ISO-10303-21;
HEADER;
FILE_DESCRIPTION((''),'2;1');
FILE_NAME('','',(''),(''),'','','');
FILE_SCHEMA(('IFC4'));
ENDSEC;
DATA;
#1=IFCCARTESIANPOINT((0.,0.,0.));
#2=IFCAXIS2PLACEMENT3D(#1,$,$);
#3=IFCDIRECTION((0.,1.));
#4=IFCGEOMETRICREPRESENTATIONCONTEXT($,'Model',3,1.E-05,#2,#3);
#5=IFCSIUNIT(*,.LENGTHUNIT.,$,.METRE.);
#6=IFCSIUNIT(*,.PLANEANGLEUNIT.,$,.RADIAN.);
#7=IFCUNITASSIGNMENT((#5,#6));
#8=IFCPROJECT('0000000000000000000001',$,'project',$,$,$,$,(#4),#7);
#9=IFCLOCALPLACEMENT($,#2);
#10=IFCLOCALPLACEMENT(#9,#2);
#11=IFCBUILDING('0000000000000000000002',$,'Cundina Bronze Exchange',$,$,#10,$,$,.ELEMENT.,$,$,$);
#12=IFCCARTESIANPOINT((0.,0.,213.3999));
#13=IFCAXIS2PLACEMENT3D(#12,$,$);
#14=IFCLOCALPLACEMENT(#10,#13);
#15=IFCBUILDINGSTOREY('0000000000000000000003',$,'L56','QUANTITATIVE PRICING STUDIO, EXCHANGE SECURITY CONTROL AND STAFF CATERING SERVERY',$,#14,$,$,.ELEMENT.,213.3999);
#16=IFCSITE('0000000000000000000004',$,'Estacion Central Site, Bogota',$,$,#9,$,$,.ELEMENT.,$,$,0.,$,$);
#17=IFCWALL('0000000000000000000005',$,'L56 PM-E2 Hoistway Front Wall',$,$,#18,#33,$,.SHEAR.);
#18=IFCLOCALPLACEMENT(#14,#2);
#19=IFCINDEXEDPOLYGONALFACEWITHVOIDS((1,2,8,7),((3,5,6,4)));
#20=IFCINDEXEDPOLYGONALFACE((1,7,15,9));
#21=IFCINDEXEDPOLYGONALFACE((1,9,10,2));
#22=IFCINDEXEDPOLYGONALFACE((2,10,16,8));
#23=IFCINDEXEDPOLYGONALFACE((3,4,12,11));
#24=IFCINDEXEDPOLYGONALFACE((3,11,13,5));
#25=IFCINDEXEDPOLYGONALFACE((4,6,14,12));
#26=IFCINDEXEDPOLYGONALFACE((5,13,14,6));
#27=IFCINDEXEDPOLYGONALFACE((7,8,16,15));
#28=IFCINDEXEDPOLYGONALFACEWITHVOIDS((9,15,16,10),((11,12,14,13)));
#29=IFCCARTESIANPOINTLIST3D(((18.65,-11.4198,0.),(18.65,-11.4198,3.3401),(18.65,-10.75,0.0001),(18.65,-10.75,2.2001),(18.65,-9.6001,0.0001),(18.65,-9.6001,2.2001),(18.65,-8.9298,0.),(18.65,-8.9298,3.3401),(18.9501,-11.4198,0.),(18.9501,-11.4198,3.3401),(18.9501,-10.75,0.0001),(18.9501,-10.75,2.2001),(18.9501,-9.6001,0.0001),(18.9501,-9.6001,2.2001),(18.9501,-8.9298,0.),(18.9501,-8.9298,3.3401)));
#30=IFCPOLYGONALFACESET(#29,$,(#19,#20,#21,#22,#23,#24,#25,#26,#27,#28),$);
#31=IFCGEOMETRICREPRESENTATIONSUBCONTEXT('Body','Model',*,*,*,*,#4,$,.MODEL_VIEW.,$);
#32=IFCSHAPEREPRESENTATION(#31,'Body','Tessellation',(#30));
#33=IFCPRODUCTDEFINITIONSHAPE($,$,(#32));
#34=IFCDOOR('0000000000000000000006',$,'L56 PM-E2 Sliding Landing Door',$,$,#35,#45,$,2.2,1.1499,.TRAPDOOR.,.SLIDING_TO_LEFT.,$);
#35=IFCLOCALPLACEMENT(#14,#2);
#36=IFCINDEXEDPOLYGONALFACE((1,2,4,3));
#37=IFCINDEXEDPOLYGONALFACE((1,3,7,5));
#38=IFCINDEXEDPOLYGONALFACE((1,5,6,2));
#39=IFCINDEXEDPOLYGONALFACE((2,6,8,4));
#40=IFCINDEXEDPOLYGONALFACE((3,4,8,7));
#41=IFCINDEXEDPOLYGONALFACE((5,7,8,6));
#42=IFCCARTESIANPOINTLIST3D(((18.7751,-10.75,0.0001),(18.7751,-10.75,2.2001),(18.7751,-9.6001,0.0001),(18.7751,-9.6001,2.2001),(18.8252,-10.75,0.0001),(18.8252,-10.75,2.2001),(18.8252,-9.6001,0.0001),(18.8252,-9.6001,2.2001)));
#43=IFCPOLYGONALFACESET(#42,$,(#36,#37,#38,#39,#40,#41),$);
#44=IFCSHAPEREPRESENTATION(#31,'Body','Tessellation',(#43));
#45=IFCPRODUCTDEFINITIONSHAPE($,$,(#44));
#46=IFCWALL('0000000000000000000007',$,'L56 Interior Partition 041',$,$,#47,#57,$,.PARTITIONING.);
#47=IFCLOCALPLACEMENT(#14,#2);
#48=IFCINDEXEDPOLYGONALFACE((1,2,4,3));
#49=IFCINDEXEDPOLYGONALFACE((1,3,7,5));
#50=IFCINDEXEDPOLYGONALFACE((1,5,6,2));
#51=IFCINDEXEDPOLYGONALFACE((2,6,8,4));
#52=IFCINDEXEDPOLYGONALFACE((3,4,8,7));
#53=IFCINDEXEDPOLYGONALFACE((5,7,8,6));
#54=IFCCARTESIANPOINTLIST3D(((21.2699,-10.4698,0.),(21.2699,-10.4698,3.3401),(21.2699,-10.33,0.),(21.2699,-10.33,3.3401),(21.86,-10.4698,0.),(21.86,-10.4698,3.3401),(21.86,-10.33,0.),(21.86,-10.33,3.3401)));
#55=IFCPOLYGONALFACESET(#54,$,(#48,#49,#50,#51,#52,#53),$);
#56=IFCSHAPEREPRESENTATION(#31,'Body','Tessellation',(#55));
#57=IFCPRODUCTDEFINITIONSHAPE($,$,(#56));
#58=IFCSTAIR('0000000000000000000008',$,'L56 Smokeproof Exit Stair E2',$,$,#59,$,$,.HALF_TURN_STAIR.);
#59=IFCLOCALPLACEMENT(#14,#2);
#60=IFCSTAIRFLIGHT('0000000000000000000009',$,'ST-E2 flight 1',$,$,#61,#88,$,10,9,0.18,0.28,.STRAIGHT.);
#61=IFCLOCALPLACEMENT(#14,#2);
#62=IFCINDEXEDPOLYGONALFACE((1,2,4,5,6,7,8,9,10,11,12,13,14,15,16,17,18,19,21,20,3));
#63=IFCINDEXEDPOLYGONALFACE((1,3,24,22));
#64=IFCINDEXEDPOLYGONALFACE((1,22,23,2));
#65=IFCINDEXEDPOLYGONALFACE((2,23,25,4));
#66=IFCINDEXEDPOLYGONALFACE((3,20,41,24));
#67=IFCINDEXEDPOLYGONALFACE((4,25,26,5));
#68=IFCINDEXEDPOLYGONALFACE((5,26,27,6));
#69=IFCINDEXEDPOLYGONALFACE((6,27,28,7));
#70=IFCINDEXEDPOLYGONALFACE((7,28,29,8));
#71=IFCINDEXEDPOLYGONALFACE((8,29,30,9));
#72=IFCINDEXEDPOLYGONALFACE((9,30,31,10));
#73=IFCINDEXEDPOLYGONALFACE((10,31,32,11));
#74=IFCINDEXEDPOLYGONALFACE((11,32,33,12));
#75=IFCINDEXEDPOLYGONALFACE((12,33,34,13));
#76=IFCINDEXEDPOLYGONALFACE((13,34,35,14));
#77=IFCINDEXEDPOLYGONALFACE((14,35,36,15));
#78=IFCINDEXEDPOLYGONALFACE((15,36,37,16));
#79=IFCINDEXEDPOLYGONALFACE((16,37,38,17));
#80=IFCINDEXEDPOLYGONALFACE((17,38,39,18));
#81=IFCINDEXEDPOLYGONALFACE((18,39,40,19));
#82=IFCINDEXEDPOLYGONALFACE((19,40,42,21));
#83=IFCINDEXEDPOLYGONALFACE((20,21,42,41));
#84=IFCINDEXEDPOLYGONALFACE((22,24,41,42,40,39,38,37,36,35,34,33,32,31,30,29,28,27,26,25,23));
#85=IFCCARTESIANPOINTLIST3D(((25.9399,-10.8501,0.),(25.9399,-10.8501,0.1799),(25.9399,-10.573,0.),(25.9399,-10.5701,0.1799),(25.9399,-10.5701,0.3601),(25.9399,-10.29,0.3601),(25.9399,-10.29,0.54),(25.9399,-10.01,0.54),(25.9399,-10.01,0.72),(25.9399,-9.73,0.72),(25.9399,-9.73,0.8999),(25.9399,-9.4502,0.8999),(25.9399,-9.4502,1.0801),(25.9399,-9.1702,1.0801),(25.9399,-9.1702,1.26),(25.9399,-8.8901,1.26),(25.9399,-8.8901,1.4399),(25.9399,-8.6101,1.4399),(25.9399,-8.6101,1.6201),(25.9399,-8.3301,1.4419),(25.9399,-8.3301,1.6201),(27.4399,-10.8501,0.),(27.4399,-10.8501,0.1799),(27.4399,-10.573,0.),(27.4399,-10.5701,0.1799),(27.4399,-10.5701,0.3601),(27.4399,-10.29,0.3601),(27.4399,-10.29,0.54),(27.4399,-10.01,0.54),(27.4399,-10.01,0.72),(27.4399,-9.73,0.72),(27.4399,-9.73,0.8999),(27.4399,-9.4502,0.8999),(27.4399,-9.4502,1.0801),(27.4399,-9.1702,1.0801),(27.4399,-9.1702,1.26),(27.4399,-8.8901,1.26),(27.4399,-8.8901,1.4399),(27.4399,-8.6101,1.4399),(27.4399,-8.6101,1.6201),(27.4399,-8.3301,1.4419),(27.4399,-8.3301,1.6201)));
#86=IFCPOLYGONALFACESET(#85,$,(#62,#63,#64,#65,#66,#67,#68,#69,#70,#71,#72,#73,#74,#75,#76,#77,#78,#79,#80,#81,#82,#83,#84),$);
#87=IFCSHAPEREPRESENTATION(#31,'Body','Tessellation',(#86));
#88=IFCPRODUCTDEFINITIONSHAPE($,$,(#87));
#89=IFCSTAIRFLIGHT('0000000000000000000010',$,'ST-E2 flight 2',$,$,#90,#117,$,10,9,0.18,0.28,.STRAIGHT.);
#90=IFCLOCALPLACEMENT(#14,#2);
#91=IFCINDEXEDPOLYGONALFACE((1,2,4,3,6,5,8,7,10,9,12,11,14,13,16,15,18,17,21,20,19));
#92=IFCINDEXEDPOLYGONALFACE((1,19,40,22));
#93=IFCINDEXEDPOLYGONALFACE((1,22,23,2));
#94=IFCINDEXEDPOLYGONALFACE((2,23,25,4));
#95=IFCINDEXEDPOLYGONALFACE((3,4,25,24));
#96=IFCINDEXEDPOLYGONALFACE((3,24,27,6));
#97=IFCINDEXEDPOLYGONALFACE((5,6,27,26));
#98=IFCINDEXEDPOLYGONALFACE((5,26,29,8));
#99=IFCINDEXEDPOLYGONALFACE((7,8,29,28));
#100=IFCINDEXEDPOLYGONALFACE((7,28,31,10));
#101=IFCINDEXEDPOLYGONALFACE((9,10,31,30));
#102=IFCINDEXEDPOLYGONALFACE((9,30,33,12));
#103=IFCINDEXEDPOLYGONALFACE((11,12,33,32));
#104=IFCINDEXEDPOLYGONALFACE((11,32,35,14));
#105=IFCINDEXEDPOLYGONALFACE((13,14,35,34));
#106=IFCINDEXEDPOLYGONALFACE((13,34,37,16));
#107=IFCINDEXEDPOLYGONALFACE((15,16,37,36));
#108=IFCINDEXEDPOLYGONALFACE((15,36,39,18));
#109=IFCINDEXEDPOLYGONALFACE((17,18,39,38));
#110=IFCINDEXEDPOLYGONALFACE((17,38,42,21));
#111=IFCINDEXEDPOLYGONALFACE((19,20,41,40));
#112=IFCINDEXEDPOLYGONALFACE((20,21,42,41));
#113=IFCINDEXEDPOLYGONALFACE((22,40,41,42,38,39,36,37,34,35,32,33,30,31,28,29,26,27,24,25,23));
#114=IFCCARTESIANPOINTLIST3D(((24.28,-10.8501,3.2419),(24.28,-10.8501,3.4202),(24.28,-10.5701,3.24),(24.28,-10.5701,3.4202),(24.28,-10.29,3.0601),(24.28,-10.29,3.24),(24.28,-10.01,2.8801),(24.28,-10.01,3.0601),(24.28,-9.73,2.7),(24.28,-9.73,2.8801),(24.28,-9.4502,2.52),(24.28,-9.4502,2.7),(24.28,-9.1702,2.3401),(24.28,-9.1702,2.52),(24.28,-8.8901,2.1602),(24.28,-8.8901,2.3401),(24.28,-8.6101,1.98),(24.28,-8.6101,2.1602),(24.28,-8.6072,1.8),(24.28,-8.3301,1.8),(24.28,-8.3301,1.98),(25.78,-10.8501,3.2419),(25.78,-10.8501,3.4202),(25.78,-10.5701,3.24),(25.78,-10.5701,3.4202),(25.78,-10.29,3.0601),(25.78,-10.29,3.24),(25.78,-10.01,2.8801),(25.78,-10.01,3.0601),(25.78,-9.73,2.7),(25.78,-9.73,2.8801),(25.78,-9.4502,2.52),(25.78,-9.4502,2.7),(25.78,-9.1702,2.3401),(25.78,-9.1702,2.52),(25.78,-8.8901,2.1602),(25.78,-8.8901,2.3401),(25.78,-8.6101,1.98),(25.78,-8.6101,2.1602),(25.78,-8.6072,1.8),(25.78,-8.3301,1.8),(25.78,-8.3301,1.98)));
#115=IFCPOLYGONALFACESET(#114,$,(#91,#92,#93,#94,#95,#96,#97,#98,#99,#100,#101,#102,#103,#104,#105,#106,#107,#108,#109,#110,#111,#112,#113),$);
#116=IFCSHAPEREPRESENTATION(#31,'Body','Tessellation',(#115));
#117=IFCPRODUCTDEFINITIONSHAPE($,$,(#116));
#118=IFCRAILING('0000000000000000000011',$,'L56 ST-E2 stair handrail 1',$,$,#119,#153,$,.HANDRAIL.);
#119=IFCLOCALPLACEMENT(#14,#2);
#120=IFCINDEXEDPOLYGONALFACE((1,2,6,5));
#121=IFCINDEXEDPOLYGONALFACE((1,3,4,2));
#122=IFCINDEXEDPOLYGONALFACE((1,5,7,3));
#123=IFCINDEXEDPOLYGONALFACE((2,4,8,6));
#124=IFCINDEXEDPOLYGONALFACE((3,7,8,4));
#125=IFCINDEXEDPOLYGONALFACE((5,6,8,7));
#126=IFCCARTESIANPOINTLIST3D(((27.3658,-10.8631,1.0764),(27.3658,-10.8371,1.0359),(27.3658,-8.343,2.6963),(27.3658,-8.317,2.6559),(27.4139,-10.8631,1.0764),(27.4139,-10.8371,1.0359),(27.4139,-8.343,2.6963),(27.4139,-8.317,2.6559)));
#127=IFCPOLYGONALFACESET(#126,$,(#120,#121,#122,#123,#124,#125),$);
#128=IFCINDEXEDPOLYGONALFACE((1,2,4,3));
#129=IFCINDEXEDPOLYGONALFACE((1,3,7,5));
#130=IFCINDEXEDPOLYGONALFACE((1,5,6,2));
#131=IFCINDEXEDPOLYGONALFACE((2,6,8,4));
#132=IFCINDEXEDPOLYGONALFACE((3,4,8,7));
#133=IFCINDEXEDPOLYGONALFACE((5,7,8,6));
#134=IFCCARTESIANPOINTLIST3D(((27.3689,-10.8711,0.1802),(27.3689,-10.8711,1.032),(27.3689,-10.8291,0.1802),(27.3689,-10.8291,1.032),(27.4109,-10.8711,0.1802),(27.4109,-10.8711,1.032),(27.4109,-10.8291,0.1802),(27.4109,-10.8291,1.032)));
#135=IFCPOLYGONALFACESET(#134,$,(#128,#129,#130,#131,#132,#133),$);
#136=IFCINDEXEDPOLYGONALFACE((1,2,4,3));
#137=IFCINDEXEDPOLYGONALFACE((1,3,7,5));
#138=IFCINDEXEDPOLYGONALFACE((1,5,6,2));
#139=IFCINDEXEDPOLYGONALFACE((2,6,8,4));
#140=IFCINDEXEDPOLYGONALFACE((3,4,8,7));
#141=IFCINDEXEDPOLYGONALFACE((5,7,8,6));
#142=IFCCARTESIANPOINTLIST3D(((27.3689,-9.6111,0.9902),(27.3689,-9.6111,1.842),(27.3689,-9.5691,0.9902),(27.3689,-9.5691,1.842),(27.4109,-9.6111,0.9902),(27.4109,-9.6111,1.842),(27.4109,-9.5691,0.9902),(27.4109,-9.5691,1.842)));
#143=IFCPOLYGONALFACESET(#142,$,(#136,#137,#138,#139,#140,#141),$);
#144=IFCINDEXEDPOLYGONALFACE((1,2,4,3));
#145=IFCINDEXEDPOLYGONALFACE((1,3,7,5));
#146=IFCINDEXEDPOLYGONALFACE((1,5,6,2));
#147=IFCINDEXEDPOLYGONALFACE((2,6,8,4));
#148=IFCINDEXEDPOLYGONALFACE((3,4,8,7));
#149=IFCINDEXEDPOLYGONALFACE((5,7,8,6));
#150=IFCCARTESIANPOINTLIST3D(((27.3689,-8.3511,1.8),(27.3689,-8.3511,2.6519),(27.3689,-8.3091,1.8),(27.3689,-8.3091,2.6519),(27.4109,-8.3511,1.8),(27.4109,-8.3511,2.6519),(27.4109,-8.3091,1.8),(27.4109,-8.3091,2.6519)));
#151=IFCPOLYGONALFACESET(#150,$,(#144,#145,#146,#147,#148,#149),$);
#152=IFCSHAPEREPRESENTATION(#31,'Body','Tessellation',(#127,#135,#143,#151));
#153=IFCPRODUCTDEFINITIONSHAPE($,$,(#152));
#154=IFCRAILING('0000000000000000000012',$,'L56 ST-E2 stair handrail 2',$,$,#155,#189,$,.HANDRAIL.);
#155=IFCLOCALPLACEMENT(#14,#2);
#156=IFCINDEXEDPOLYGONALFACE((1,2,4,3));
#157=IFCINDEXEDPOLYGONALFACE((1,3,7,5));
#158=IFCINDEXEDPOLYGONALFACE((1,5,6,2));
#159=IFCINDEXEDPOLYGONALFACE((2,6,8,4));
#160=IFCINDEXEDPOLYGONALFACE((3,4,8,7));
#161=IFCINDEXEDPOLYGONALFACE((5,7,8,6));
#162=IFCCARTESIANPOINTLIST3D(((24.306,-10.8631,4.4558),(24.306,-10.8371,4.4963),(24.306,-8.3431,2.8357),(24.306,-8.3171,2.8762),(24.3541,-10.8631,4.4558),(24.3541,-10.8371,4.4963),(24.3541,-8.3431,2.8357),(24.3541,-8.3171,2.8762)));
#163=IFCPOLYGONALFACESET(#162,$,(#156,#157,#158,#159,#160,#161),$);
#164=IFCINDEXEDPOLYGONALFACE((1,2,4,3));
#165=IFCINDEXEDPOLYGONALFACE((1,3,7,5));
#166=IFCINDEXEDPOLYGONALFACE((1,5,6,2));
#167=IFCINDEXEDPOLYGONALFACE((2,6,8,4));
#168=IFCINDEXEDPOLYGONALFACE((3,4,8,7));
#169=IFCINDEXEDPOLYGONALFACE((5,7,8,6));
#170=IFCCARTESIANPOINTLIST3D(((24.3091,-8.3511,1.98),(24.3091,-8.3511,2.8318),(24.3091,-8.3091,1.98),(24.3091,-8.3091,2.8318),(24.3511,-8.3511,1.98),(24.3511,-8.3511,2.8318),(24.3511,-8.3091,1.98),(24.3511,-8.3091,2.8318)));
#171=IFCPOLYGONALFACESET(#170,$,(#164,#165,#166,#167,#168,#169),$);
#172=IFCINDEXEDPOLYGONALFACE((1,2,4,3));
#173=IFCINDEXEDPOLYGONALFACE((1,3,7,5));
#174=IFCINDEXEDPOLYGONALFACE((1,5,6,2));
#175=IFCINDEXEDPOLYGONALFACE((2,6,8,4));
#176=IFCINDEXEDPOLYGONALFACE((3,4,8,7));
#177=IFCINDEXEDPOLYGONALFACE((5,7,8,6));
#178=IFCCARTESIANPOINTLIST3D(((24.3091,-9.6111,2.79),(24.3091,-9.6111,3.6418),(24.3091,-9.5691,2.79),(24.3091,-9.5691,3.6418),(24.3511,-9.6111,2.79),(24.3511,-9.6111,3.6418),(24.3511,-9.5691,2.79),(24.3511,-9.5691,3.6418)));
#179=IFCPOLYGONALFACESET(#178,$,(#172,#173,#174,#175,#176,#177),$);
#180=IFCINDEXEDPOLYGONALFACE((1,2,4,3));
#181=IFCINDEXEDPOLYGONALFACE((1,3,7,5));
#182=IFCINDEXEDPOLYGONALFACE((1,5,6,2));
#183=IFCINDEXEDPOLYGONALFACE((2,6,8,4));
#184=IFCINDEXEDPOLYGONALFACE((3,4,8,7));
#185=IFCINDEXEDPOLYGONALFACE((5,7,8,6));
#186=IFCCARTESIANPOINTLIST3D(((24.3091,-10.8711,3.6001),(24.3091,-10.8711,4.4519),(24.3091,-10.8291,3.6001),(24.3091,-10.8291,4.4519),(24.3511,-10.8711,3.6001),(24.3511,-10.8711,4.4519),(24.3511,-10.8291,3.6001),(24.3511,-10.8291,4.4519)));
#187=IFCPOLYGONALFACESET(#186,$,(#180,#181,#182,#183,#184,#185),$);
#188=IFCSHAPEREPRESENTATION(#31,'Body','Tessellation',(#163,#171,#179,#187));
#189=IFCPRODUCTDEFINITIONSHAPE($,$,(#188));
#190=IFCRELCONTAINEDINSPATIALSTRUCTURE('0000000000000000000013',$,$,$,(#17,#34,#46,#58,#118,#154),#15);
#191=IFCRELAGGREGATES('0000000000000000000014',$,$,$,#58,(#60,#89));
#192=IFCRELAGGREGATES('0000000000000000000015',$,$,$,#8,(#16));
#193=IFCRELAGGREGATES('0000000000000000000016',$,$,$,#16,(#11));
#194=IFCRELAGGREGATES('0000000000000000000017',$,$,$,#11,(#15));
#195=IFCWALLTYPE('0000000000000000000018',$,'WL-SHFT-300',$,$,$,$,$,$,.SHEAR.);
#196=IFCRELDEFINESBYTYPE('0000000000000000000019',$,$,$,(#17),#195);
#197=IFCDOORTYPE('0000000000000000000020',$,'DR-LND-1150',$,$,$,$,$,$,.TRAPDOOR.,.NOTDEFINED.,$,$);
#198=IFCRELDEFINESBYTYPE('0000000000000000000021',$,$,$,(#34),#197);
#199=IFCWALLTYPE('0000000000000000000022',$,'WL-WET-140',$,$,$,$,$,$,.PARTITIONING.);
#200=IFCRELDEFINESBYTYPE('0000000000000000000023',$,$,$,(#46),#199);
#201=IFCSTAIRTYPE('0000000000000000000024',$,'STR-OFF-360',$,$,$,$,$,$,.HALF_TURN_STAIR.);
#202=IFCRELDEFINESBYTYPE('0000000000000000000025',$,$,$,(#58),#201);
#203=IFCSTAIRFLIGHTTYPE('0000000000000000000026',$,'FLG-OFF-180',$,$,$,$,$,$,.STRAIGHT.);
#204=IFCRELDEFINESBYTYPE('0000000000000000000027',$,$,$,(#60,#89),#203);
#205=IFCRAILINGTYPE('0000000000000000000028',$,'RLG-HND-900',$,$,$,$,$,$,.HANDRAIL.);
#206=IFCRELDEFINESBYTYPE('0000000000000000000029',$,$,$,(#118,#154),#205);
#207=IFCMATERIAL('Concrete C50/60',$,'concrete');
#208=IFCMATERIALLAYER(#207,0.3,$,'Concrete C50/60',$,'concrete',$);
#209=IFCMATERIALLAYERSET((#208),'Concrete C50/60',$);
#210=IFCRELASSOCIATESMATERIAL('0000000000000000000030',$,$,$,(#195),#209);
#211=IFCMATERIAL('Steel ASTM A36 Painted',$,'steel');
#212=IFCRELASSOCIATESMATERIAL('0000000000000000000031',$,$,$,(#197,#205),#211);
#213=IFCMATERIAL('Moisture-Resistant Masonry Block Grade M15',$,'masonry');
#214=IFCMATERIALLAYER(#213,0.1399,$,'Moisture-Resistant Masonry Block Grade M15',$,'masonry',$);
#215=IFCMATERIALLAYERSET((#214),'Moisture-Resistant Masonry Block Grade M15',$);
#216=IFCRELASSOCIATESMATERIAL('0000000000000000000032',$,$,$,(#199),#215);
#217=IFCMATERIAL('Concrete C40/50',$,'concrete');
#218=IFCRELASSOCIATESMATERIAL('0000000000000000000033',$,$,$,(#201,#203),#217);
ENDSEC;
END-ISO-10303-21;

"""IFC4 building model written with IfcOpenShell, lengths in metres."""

from ifc_helpers import new_model, si_unit, direction, frame, frame_2d, origin, origin_2d, place, context, subcontext, project, spatial, polyline, rectangle, outline, extrude, material, layer, layer_set, type_object, element, fill, aggregate, save


model = new_model("IFC4")

# Units and contexts
model_context = context("Model", 3, precision=1e-05, world=origin(), true_north=direction((0.0, 1.0)))
body_context = subcontext(model_context, "Body", "Model", "MODEL_VIEW")
ifc_project = project(units=[si_unit("LENGTHUNIT", "METRE"), si_unit("PLANEANGLEUNIT", "RADIAN")], contexts=[model_context])

# Site, building, storey
site_placement = place(None, origin())
site = spatial("IfcSite", under=ifc_project, at=site_placement, Name="Estacion Central Site, Bogota", CompositionType="ELEMENT", RefElevation=0.0)
building_placement = place(site_placement, origin())
building = spatial("IfcBuilding", under=site, at=building_placement, Name="Cundina Bronze Exchange", CompositionType="ELEMENT")
storey_placement = place(building_placement, frame((0.0, 0.0, 213.3999)))
storey = spatial("IfcBuildingStorey", under=building, at=storey_placement, Name="L56", Description="QUANTITATIVE PRICING STUDIO, EXCHANGE SECURITY CONTROL AND STAFF CATERING SERVERY", CompositionType="ELEMENT", Elevation=213.3999)

# Shared definitions
ifc_material_1 = material(Name="Concrete C50/60", Category="concrete")

# Shared definitions
ifc_layer_1 = layer(ifc_material_1, 0.3, Name="Concrete C50/60", Category="concrete")
ifc_layer_set_1 = layer_set([ifc_layer_1], Name="Concrete C50/60")
wall_type_1 = type_object("IfcWallType", Name="WL-SHFT-300", PredefinedType="SHEAR", material=ifc_layer_set_1)

# Shared definitions
ifc_material_2 = material(Name="Steel ASTM A36 Painted", Category="steel")
door_type_1 = type_object("IfcDoorType", Name="DR-LND-1150", OperationType="NOTDEFINED", PredefinedType="TRAPDOOR", material=ifc_material_2)

# Wall, opening, door
wall_1_placement = place(storey_placement, frame((18.8, -11.4199, 0.0), z_axis=(0.0, 0.0, 1.0), x_axis=(0.0, 1.0, 0.0)))
wall_1 = element("IfcWall", 1, at=wall_1_placement, inside=storey, type_object=wall_type_1, Name="L56 PM-E2 Hoistway Front Wall", PredefinedType="SHEAR", context=body_context, shape_type="SweptSolid", body=[
    extrude(rectangle(XDim=2.49, YDim=0.3, at=frame_2d((1.2451, 0.0))), origin(), (0.0, 0.0, 1.0), 3.3401),
])
opening_1_placement = place(wall_1_placement, frame((0.6699, 0.0, 0.0)))
opening_1 = element("IfcOpeningElement", 2, at=opening_1_placement, cuts=wall_1, PredefinedType="OPENING", context=body_context, shape_type="SweptSolid", body=[
    extrude(rectangle(XDim=1.1499, YDim=2.2, at=frame_2d((0.575, 1.1001))), frame((0.0, 0.1599, 0.0), z_axis=(0.0, -1.0, 0.0), x_axis=(1.0, 0.0, 0.0)), (0.0, 0.0, 1.0), 0.3201),
])
door_1_placement = place(opening_1_placement, origin())
door_1 = element("IfcDoor", 3, at=door_1_placement, inside=storey, type_object=door_type_1, Name="L56 PM-E2 Sliding Landing Door", OperationType="SLIDING_TO_LEFT", OverallHeight=2.2, OverallWidth=1.1499, PredefinedType="TRAPDOOR", context=body_context, shape_type="SweptSolid", body=[
    extrude(rectangle(XDim=1.1499, YDim=2.2, at=frame_2d((0.575, 1.1001))), frame((0.0, 0.0249, 0.0), z_axis=(0.0, -1.0, 0.0), x_axis=(1.0, 0.0, 0.0)), (0.0, 0.0, 1.0), 0.05),
])
fill(opening_1, door_1)

# Wall
ifc_material_3 = material(Name="Moisture-Resistant Masonry Block Grade M15", Category="masonry")
ifc_layer_2 = layer(ifc_material_3, 0.1399, Name="Moisture-Resistant Masonry Block Grade M15", Category="masonry")
ifc_layer_set_2 = layer_set([ifc_layer_2], Name="Moisture-Resistant Masonry Block Grade M15")
wall_type_2 = type_object("IfcWallType", Name="WL-WET-140", PredefinedType="PARTITIONING", material=ifc_layer_set_2)
wall_2_placement = place(storey_placement, frame((21.27, -10.3999, 0.0), z_axis=(0.0, 0.0, 1.0), x_axis=(1.0, 0.0, 0.0)))
element("IfcWall", 4, at=wall_2_placement, inside=storey, type_object=wall_type_2, Name="L56 Interior Partition 041", PredefinedType="PARTITIONING", context=body_context, shape_type="SweptSolid", body=[
    extrude(rectangle(XDim=0.5901, YDim=0.1399, at=frame_2d((0.2949, 0.0))), origin(), (0.0, 0.0, 1.0), 3.3401),
])

# Stair, stair flights
ifc_material_4 = material(Name="Concrete C40/50", Category="concrete")
stair_type = type_object("IfcStairType", Name="STR-OFF-360", PredefinedType="HALF_TURN_STAIR", material=ifc_material_4)
stair_placement = place(storey_placement, origin())
stair = element("IfcStair", 5, at=stair_placement, inside=storey, type_object=stair_type, Name="L56 Smokeproof Exit Stair E2", PredefinedType="HALF_TURN_STAIR")
stair_flight_type = type_object("IfcStairFlightType", Name="FLG-OFF-180", PredefinedType="STRAIGHT", material=ifc_material_4)
stair_flight_1_placement = place(storey_placement, frame((26.6899, -10.8501, 0.0), z_axis=(0.0, 0.0, 1.0), x_axis=(0.0, 1.0, 0.0)))
stair_flight_1 = element("IfcStairFlight", 6, at=stair_flight_1_placement, type_object=stair_flight_type, Name="ST-E2 flight 1", NumberOfRisers=10, NumberOfTreads=9, PredefinedType="STRAIGHT", RiserHeight=0.18, TreadLength=0.28, context=body_context, shape_type="SweptSolid", body=[
    extrude(outline(polyline([(0.0, 0.0), (0.0, 0.1799), (0.28, 0.1799), (0.28, 0.3601), (0.5601, 0.3601), (0.5601, 0.54), (0.8401, 0.54), (0.8401, 0.72), (1.1201, 0.72), (1.1201, 0.8999), (1.3999, 0.8999), (1.3999, 1.0801), (1.6799, 1.0801), (1.6799, 1.26), (1.96, 1.26), (1.96, 1.4399), (2.24, 1.4399), (2.24, 1.6201), (2.52, 1.6201), (2.52, 1.8), (2.52, 1.4419), (0.2771, 0.0), (0.0, 0.0)])), frame((0.0, 0.75, 0.0), z_axis=(0.0, -1.0, 0.0), x_axis=(1.0, 0.0, 0.0)), (0.0, 0.0, 1.0), 1.5),
])
stair_flight_2_placement = place(storey_placement, frame((25.03, -8.3301, 1.8), z_axis=(0.0, 0.0, 1.0), x_axis=(0.0, -1.0, 0.0)))
stair_flight_2 = element("IfcStairFlight", 7, at=stair_flight_2_placement, type_object=stair_flight_type, Name="ST-E2 flight 2", NumberOfRisers=10, NumberOfTreads=9, PredefinedType="STRAIGHT", RiserHeight=0.18, TreadLength=0.28, context=body_context, shape_type="SweptSolid", body=[
    extrude(outline(polyline([(0.0, 0.0), (0.0, 0.1799), (0.28, 0.1799), (0.28, 0.3601), (0.5601, 0.3601), (0.5601, 0.54), (0.8401, 0.54), (0.8401, 0.72), (1.1201, 0.72), (1.1201, 0.8999), (1.3999, 0.8999), (1.3999, 1.0801), (1.6799, 1.0801), (1.6799, 1.26), (1.96, 1.26), (1.96, 1.4399), (2.24, 1.4399), (2.24, 1.6201), (2.52, 1.6201), (2.52, 1.8), (2.52, 1.4419), (0.2771, 0.0), (0.0, 0.0)])), frame((0.0, 0.75, 0.0), z_axis=(0.0, -1.0, 0.0), x_axis=(1.0, 0.0, 0.0)), (0.0, 0.0, 1.0), 1.5),
])
aggregate(stair, [stair_flight_1, stair_flight_2])

# Railings
railing_type_1 = type_object("IfcRailingType", Name="RLG-HND-900", PredefinedType="HANDRAIL", material=ifc_material_2)
railing_1_placement = place(storey_placement, frame((27.3899, -10.8501, 0.1802)))
element("IfcRailing", 8, at=railing_1_placement, inside=storey, type_object=railing_type_1, Name="L56 ST-E2 stair handrail 1", PredefinedType="HANDRAIL", context=body_context, shape_type="SweptSolid", body=[
    extrude(rectangle(XDim=0.0481, YDim=0.0481, at=origin_2d()), frame((0.0, 0.0, 0.876), z_axis=(0.0, 0.8412, 0.540725), x_axis=(-1.0, 0.0, 0.0)), (0.0, 0.0, 1.0), 2.9958),
    extrude(rectangle(XDim=0.042, YDim=0.042, at=origin_2d()), origin(), (0.0, 0.0, 1.0), 0.8518),
    extrude(rectangle(XDim=0.042, YDim=0.042, at=origin_2d()), frame((0.0, 1.26, 0.8101)), (0.0, 0.0, 1.0), 0.8518),
    extrude(rectangle(XDim=0.042, YDim=0.042, at=origin_2d()), frame((0.0, 2.52, 1.6199)), (0.0, 0.0, 1.0), 0.8518),
])
railing_2_placement = place(storey_placement, frame((24.3301, -8.3301, 1.98)))
element("IfcRailing", 9, at=railing_2_placement, inside=storey, type_object=railing_type_1, Name="L56 ST-E2 stair handrail 2", PredefinedType="HANDRAIL", context=body_context, shape_type="SweptSolid", body=[
    extrude(rectangle(XDim=0.0481, YDim=0.0481, at=origin_2d()), frame((0.0, 0.0, 0.876), z_axis=(0.0, -0.841163, 0.540782), x_axis=(1.0, 0.0, 0.0)), (0.0, 0.0, 1.0), 2.9958),
    extrude(rectangle(XDim=0.042, YDim=0.042, at=origin_2d()), origin(), (0.0, 0.0, 1.0), 0.8518),
    extrude(rectangle(XDim=0.042, YDim=0.042, at=origin_2d()), frame((0.0, -1.26, 0.8101)), (0.0, 0.0, 1.0), 0.8518),
    extrude(rectangle(XDim=0.042, YDim=0.042, at=origin_2d()), frame((0.0, -2.52, 1.6201)), (0.0, 0.0, 1.0), 0.8518),
])

save(model, "model.ifc")
